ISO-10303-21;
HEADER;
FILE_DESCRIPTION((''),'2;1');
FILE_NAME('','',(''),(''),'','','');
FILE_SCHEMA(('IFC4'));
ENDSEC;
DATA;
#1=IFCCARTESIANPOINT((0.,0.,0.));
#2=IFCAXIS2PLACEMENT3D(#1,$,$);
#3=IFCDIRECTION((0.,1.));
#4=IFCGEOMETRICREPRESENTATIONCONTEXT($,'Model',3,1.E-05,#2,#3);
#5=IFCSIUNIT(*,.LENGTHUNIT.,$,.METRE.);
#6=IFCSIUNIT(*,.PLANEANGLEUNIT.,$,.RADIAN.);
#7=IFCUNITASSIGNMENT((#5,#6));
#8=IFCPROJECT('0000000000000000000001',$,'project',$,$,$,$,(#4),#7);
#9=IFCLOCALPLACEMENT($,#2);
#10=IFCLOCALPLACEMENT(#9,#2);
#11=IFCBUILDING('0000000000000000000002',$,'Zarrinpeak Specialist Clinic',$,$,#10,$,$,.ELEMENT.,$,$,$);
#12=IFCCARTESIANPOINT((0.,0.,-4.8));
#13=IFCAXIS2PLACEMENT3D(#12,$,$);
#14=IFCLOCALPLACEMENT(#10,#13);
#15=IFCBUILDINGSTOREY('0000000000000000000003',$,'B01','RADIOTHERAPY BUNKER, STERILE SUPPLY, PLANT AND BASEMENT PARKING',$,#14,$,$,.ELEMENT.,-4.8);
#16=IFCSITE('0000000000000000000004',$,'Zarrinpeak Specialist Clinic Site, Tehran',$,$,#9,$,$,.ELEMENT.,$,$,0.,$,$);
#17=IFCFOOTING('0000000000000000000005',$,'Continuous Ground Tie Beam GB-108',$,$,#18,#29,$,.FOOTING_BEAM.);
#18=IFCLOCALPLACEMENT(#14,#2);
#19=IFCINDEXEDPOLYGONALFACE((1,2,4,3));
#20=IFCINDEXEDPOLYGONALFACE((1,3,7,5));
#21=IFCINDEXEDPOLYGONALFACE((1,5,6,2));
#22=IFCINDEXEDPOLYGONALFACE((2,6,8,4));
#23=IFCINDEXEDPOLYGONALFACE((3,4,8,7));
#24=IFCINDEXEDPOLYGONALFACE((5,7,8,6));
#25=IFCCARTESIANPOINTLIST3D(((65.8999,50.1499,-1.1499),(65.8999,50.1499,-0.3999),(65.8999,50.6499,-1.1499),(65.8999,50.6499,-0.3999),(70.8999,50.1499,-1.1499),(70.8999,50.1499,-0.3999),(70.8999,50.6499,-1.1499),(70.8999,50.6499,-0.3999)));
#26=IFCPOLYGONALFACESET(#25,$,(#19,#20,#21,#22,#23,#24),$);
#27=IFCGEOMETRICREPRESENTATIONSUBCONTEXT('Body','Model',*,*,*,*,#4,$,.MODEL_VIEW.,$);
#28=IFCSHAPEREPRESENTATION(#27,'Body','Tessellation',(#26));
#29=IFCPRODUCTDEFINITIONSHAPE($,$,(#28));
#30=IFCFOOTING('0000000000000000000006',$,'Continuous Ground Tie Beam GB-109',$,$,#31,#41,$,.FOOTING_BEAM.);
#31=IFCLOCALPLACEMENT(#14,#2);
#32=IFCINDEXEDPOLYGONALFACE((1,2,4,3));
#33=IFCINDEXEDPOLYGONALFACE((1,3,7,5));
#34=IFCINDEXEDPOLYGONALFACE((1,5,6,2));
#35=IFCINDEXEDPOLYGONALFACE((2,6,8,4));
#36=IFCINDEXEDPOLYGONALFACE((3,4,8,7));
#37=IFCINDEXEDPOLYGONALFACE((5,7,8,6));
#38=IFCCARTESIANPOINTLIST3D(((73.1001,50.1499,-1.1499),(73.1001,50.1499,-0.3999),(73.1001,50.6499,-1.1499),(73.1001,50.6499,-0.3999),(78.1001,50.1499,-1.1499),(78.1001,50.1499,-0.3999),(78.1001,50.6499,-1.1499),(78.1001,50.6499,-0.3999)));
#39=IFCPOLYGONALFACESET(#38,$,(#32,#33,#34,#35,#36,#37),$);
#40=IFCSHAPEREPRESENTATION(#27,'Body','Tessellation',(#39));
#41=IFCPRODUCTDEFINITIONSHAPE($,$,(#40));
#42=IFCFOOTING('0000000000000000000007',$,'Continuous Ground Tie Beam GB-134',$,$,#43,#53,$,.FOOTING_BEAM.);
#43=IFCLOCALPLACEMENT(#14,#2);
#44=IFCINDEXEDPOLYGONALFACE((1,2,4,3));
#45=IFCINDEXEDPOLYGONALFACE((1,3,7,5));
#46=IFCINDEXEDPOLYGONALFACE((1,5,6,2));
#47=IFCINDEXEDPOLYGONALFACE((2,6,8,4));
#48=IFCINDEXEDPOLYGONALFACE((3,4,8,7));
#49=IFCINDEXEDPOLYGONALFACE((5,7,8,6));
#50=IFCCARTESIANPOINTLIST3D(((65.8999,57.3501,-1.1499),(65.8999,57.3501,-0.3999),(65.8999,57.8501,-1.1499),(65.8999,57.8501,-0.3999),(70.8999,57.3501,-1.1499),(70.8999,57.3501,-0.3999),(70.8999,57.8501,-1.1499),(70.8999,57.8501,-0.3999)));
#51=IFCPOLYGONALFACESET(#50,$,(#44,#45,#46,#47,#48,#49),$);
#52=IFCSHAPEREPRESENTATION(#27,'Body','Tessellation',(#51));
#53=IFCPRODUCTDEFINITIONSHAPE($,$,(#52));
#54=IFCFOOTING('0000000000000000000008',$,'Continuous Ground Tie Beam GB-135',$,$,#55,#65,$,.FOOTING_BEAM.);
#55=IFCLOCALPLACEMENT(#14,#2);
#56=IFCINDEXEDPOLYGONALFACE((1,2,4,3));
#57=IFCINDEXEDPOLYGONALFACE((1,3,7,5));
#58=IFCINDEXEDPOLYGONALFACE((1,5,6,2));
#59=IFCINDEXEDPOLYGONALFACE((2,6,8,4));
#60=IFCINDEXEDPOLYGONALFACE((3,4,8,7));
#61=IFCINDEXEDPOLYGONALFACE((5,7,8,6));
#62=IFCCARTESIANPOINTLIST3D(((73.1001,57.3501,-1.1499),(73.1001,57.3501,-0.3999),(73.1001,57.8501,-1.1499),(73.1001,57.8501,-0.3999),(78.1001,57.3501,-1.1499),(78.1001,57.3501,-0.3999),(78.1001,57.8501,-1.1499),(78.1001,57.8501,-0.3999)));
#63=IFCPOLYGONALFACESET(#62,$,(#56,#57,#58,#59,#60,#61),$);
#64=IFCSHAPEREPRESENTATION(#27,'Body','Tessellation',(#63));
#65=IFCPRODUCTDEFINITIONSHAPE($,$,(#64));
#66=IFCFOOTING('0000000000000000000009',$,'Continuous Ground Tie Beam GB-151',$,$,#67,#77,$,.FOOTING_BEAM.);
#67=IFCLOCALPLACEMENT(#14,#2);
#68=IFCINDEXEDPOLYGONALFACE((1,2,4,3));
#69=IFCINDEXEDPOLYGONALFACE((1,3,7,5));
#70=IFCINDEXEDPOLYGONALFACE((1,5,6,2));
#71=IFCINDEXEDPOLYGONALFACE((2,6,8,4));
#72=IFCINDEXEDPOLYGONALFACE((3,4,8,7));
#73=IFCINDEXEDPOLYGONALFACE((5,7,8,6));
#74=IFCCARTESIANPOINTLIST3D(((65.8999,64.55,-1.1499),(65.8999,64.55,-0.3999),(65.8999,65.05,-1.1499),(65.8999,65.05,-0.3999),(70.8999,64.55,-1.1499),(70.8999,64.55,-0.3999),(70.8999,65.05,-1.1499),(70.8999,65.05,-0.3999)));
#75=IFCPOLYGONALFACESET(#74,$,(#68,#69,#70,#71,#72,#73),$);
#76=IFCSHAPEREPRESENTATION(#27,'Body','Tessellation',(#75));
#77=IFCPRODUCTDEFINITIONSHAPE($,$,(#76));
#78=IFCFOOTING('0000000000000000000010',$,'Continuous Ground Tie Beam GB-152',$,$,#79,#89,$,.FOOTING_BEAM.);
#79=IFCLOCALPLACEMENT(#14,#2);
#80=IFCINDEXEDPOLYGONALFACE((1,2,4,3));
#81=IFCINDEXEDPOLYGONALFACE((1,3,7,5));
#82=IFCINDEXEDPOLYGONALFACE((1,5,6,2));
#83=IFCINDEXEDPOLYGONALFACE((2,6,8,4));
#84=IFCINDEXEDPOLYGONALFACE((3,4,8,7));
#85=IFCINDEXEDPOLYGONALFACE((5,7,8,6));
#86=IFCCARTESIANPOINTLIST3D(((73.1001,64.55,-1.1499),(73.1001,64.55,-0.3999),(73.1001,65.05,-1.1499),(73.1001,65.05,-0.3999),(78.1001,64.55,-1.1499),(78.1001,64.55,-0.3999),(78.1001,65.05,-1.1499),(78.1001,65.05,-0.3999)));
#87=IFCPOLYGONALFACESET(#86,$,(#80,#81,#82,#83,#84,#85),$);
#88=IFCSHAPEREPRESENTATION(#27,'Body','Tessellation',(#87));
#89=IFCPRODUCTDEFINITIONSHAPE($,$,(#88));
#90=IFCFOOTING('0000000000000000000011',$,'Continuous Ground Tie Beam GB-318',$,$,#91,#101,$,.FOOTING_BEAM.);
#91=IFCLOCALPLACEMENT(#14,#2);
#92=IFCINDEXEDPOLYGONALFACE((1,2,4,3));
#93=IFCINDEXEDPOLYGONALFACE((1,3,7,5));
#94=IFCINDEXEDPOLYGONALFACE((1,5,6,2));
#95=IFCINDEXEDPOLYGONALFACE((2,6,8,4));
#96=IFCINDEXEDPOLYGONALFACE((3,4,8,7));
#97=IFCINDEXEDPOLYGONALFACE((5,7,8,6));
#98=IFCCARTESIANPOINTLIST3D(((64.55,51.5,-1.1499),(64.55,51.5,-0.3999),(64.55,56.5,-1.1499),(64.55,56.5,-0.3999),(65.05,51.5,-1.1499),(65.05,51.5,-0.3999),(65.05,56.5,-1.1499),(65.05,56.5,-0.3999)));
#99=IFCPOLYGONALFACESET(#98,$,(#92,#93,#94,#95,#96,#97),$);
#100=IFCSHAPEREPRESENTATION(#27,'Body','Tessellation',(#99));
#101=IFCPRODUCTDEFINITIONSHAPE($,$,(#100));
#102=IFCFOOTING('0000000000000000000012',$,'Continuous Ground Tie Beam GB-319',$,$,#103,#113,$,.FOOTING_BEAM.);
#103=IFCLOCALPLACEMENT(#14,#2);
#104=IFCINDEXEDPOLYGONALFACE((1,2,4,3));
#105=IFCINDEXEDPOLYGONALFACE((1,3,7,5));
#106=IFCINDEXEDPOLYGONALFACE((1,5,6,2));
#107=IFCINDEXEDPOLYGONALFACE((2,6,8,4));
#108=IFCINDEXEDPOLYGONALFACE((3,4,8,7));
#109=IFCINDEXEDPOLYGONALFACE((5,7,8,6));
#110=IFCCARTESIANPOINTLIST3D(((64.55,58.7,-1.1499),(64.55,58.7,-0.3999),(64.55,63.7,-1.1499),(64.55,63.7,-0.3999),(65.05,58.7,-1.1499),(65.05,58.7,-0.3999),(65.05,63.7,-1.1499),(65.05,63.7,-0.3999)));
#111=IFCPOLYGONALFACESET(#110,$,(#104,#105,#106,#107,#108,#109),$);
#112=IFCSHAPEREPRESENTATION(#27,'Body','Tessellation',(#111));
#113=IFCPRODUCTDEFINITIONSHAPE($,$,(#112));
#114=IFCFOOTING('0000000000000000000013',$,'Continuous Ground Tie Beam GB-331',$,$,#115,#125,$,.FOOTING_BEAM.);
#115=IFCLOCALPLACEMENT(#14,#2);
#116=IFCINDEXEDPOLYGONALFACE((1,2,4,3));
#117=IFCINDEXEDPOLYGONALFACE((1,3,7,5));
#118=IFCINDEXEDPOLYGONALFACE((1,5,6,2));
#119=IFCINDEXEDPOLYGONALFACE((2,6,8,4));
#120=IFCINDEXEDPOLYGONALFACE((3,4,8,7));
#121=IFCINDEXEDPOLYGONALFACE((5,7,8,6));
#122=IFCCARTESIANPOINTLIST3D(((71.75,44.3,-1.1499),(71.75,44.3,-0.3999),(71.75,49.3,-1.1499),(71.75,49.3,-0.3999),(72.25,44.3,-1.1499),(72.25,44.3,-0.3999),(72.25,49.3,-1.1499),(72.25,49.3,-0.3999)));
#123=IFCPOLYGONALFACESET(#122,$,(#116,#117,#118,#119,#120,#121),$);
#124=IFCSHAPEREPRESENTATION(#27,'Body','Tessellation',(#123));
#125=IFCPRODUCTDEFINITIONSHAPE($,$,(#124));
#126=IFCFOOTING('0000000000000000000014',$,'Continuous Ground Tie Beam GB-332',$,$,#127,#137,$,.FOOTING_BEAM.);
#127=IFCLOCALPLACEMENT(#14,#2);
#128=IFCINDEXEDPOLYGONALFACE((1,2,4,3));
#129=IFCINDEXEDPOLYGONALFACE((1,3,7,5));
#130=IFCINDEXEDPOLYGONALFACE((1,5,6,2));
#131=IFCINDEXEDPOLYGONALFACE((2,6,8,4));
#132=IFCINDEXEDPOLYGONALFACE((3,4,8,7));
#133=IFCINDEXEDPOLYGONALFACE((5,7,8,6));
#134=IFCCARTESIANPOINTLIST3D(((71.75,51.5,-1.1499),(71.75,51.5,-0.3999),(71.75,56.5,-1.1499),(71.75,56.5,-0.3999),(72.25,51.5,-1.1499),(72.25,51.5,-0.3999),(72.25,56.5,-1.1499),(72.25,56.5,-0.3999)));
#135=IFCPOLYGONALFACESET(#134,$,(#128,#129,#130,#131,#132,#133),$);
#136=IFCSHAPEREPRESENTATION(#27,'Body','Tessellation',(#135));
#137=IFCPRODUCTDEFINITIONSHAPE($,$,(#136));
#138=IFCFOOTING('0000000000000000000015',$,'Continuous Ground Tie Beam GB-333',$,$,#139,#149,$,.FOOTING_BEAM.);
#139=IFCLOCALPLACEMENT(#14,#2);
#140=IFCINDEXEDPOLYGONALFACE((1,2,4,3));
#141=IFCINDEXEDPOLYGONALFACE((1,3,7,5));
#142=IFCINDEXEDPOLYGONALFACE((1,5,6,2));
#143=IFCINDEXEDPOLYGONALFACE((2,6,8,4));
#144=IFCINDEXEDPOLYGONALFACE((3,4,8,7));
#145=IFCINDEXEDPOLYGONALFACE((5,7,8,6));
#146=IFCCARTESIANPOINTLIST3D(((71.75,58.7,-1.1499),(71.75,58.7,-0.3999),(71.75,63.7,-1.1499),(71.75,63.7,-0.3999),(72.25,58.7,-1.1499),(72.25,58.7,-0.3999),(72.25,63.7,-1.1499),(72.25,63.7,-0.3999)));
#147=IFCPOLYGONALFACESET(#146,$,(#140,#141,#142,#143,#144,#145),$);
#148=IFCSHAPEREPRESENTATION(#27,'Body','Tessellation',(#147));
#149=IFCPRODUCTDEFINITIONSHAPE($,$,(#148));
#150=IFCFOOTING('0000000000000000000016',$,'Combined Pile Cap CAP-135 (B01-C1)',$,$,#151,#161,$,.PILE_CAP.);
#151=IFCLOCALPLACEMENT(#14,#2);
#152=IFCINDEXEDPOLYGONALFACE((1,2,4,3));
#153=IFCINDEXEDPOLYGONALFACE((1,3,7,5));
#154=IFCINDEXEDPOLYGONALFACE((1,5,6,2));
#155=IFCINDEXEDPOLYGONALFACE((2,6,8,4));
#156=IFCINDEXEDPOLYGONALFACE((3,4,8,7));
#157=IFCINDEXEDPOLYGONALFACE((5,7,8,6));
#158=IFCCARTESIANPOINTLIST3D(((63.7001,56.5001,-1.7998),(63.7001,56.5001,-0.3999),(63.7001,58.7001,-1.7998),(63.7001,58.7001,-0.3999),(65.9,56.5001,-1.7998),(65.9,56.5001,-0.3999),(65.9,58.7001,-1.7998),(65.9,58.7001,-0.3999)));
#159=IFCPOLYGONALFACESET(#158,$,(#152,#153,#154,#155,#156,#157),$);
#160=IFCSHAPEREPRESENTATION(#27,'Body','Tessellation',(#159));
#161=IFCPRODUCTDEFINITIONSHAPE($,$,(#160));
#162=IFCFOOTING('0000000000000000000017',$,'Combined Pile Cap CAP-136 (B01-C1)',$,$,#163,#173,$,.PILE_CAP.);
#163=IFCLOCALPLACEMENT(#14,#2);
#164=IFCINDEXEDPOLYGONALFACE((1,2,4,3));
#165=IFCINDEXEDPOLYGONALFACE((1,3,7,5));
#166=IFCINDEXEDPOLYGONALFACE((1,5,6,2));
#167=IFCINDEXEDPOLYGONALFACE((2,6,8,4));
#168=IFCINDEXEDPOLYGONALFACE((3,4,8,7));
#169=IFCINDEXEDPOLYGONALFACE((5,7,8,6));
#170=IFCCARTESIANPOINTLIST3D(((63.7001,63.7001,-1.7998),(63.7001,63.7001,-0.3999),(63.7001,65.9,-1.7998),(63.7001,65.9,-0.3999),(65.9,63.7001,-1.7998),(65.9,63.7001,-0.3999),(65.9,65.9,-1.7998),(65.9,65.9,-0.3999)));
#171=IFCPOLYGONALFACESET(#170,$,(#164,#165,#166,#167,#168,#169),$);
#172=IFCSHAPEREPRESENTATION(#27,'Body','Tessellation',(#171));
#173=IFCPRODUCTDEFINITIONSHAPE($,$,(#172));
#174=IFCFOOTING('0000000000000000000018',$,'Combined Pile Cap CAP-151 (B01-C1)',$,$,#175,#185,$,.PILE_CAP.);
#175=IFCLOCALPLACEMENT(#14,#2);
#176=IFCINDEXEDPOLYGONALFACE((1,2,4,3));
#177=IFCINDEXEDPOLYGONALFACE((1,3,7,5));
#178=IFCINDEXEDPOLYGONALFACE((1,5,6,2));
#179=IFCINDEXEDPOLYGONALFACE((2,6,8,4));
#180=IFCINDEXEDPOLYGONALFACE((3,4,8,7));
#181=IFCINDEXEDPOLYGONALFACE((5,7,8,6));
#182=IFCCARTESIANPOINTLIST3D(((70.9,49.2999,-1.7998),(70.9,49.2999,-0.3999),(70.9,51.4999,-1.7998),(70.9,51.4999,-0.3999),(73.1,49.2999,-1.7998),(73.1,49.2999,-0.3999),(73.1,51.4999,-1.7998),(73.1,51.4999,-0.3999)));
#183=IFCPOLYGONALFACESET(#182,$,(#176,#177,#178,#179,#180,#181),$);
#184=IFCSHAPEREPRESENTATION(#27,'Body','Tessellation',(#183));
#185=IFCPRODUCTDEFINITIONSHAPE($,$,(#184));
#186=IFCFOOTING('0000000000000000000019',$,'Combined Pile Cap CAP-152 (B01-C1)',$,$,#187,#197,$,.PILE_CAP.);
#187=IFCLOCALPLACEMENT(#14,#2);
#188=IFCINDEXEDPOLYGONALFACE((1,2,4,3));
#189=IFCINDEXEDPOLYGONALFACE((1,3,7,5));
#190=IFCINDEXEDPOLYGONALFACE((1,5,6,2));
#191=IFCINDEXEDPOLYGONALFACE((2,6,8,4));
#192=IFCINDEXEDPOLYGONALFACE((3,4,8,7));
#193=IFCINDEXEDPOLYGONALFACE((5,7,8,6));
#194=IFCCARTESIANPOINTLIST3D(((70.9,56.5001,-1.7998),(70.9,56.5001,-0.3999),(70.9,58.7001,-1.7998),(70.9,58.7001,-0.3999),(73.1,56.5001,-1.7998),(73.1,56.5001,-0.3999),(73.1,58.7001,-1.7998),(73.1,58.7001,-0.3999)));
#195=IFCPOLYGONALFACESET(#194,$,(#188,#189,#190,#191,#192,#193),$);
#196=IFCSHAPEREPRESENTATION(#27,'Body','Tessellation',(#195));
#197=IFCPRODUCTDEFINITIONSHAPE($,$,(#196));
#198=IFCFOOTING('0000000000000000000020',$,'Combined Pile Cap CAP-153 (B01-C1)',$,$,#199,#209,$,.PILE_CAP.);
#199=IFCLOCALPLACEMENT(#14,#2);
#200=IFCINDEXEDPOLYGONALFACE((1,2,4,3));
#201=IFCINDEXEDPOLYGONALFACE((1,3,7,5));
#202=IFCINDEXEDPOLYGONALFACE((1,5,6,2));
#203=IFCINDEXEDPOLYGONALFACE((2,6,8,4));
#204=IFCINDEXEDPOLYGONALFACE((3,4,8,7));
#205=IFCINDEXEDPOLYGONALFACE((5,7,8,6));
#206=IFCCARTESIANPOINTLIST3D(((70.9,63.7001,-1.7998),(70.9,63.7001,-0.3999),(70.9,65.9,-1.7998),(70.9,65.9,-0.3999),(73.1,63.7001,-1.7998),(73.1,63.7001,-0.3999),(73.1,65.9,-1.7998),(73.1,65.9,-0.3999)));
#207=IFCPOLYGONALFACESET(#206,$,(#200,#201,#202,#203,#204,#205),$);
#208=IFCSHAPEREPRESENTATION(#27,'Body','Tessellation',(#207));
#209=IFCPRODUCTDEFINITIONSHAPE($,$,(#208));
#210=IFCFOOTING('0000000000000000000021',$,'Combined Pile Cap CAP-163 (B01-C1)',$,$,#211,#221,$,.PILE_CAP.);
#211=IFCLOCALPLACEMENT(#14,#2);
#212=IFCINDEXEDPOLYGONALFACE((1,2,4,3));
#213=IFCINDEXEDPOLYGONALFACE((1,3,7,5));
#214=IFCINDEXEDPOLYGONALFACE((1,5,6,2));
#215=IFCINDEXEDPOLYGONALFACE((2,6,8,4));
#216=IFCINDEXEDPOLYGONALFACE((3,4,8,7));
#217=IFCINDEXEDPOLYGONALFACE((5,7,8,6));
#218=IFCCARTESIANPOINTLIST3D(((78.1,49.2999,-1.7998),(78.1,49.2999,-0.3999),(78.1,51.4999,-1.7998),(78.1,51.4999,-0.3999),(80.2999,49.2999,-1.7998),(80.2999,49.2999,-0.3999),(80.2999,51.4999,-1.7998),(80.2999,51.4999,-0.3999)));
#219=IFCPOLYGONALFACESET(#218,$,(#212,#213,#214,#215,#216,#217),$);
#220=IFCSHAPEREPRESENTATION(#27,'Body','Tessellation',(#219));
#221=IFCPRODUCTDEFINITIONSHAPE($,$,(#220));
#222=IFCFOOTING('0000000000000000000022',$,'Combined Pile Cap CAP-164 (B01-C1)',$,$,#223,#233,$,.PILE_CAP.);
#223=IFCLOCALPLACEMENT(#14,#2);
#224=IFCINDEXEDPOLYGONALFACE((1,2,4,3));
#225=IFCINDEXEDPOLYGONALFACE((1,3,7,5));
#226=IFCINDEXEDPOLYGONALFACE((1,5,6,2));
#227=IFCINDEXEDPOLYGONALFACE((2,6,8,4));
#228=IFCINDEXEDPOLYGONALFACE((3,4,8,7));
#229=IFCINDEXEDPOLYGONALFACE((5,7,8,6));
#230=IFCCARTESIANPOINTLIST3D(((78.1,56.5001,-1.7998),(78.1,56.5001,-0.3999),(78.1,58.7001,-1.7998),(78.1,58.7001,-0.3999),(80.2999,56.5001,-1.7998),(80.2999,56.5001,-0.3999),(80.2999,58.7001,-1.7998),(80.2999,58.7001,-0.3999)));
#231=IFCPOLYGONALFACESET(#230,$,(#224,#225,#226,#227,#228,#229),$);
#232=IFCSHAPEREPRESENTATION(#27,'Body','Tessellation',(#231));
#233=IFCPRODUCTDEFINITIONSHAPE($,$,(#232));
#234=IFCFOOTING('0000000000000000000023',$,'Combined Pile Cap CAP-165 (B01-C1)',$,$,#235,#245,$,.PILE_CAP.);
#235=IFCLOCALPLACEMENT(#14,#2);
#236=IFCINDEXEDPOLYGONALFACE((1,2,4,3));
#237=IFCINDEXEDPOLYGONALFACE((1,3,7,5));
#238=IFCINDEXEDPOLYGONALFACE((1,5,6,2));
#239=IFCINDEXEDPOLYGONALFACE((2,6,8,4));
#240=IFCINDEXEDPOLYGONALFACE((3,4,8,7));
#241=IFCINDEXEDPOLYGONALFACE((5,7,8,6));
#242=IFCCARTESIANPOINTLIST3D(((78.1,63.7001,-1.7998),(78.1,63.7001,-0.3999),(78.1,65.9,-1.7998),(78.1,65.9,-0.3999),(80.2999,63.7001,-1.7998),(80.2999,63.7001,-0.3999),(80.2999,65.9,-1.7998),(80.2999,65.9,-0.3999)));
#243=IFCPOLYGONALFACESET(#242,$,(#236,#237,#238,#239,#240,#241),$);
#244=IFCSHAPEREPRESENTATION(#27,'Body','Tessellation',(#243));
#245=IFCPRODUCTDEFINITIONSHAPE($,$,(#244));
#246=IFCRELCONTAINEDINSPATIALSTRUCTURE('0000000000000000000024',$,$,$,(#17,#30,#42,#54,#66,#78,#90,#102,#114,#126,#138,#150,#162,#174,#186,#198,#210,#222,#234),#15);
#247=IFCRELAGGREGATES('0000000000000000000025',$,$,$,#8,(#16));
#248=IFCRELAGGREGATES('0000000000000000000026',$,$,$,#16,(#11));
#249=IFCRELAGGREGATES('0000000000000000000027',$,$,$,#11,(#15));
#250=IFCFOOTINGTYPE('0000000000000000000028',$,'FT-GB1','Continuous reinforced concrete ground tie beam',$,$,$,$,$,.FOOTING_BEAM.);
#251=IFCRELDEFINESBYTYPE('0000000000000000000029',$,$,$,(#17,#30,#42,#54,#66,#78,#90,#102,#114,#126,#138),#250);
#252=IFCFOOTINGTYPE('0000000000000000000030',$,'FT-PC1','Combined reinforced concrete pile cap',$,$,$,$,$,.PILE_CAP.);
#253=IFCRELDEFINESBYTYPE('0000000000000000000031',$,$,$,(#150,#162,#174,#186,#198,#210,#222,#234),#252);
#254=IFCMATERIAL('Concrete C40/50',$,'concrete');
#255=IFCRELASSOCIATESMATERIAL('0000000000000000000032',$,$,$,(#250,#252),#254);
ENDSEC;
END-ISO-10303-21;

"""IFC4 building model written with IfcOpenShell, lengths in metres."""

from ifc_helpers import new_model, si_unit, direction, frame, origin, origin_2d, place, context, subcontext, project, spatial, rectangle, extrude, material, material_profile, profile_set, type_object, element, save


model = new_model("IFC4")

# Units and contexts
model_context = context("Model", 3, precision=1e-05, world=origin(), true_north=direction((0.0, 1.0)))
body_context = subcontext(model_context, "Body", "Model", "MODEL_VIEW")
ifc_project = project(units=[si_unit("LENGTHUNIT", "METRE"), si_unit("PLANEANGLEUNIT", "RADIAN")], contexts=[model_context])

# Site, building, storey
site_placement = place(None, origin())
site = spatial("IfcSite", under=ifc_project, at=site_placement, Name="Zarrinpeak Specialist Clinic Site, Tehran", CompositionType="ELEMENT", RefElevation=0.0)
building_placement = place(site_placement, origin())
building = spatial("IfcBuilding", under=site, at=building_placement, Name="Zarrinpeak Specialist Clinic", CompositionType="ELEMENT")
storey_placement = place(building_placement, frame((0.0, 0.0, -4.8)))
storey = spatial("IfcBuildingStorey", under=building, at=storey_placement, Name="B01", Description="RADIOTHERAPY BUNKER, STERILE SUPPLY, PLANT AND BASEMENT PARKING", CompositionType="ELEMENT", Elevation=-4.8)

# Footings
ifc_material = material(Name="Concrete C40/50", Category="concrete")
ifc_material_profile_1 = material_profile(ifc_material, rectangle(XDim=0.5, YDim=0.75, at=origin_2d()), Name="RC 500x750")
ifc_profile_set_1 = profile_set([ifc_material_profile_1], Name="Concrete C40/50")
footing_type_1 = type_object("IfcFootingType", Name="FT-GB1", Description="Continuous reinforced concrete ground tie beam", PredefinedType="FOOTING_BEAM", material=ifc_profile_set_1)
for number, where, z_axis, x_axis, name in (
    (1, (65.8999, 50.3999, -0.7749), (1.0, 0.0, 0.0), (0.0, 1.0, 0.0), "Continuous Ground Tie Beam GB-108"),
    (2, (73.1001, 50.3999, -0.7749), (1.0, 0.0, 0.0), (0.0, 1.0, 0.0), "Continuous Ground Tie Beam GB-109"),
    (3, (65.8999, 57.6001, -0.7749), (1.0, 0.0, 0.0), (0.0, 1.0, 0.0), "Continuous Ground Tie Beam GB-134"),
    (4, (73.1001, 57.6001, -0.7749), (1.0, 0.0, 0.0), (0.0, 1.0, 0.0), "Continuous Ground Tie Beam GB-135"),
    (5, (65.8999, 64.8, -0.7749), (1.0, 0.0, 0.0), (0.0, 1.0, 0.0), "Continuous Ground Tie Beam GB-151"),
    (6, (73.1001, 64.8, -0.7749), (1.0, 0.0, 0.0), (0.0, 1.0, 0.0), "Continuous Ground Tie Beam GB-152"),
    (7, (64.8, 51.5, -0.7749), (0.0, 1.0, 0.0), (-1.0, 0.0, 0.0), "Continuous Ground Tie Beam GB-318"),
    (8, (64.8, 58.7, -0.7749), (0.0, 1.0, 0.0), (-1.0, 0.0, 0.0), "Continuous Ground Tie Beam GB-319"),
    (9, (72.0, 44.3, -0.7749), (0.0, 1.0, 0.0), (-1.0, 0.0, 0.0), "Continuous Ground Tie Beam GB-331"),
    (10, (72.0, 51.5, -0.7749), (0.0, 1.0, 0.0), (-1.0, 0.0, 0.0), "Continuous Ground Tie Beam GB-332"),
    (11, (72.0, 58.7, -0.7749), (0.0, 1.0, 0.0), (-1.0, 0.0, 0.0), "Continuous Ground Tie Beam GB-333"),
):
    element("IfcFooting", number, at=place(storey_placement, frame(where, z_axis=z_axis, x_axis=x_axis)), inside=storey, type_object=footing_type_1, Name=name, PredefinedType="FOOTING_BEAM", context=body_context, shape_type="SweptSolid", body=[
        extrude(rectangle(XDim=0.5, YDim=0.75, at=origin_2d()), origin(), (0.0, 0.0, 1.0), 5.0),
    ])
footing_type_2 = type_object("IfcFootingType", Name="FT-PC1", Description="Combined reinforced concrete pile cap", PredefinedType="PILE_CAP", material=ifc_material)
for number, where, z_axis, x_axis, name in (
    (12, (64.8, 57.6001, -1.7998), (0.0, 0.0, 1.0), (1.0, 0.0, 0.0), "Combined Pile Cap CAP-135 (B01-C1)"),
    (13, (64.8, 64.8, -1.7998), (0.0, 0.0, 1.0), (1.0, 0.0, 0.0), "Combined Pile Cap CAP-136 (B01-C1)"),
    (14, (72.0, 50.3999, -1.7998), (0.0, 0.0, 1.0), (1.0, 0.0, 0.0), "Combined Pile Cap CAP-151 (B01-C1)"),
    (15, (72.0, 57.6001, -1.7998), (0.0, 0.0, 1.0), (1.0, 0.0, 0.0), "Combined Pile Cap CAP-152 (B01-C1)"),
    (16, (72.0, 64.8, -1.7998), (0.0, 0.0, 1.0), (1.0, 0.0, 0.0), "Combined Pile Cap CAP-153 (B01-C1)"),
    (17, (79.2, 50.3999, -1.7998), (0.0, 0.0, 1.0), (1.0, 0.0, 0.0), "Combined Pile Cap CAP-163 (B01-C1)"),
    (18, (79.2, 57.6001, -1.7998), (0.0, 0.0, 1.0), (1.0, 0.0, 0.0), "Combined Pile Cap CAP-164 (B01-C1)"),
    (19, (79.2, 64.8, -1.7998), (0.0, 0.0, 1.0), (1.0, 0.0, 0.0), "Combined Pile Cap CAP-165 (B01-C1)"),
):
    element("IfcFooting", number, at=place(storey_placement, frame(where, z_axis=z_axis, x_axis=x_axis)), inside=storey, type_object=footing_type_2, Name=name, PredefinedType="PILE_CAP", context=body_context, shape_type="SweptSolid", body=[
        extrude(rectangle(XDim=2.2, YDim=2.2, at=origin_2d()), origin(), (0.0, 0.0, 1.0), 1.3999),
    ])

save(model, "model.ifc")
